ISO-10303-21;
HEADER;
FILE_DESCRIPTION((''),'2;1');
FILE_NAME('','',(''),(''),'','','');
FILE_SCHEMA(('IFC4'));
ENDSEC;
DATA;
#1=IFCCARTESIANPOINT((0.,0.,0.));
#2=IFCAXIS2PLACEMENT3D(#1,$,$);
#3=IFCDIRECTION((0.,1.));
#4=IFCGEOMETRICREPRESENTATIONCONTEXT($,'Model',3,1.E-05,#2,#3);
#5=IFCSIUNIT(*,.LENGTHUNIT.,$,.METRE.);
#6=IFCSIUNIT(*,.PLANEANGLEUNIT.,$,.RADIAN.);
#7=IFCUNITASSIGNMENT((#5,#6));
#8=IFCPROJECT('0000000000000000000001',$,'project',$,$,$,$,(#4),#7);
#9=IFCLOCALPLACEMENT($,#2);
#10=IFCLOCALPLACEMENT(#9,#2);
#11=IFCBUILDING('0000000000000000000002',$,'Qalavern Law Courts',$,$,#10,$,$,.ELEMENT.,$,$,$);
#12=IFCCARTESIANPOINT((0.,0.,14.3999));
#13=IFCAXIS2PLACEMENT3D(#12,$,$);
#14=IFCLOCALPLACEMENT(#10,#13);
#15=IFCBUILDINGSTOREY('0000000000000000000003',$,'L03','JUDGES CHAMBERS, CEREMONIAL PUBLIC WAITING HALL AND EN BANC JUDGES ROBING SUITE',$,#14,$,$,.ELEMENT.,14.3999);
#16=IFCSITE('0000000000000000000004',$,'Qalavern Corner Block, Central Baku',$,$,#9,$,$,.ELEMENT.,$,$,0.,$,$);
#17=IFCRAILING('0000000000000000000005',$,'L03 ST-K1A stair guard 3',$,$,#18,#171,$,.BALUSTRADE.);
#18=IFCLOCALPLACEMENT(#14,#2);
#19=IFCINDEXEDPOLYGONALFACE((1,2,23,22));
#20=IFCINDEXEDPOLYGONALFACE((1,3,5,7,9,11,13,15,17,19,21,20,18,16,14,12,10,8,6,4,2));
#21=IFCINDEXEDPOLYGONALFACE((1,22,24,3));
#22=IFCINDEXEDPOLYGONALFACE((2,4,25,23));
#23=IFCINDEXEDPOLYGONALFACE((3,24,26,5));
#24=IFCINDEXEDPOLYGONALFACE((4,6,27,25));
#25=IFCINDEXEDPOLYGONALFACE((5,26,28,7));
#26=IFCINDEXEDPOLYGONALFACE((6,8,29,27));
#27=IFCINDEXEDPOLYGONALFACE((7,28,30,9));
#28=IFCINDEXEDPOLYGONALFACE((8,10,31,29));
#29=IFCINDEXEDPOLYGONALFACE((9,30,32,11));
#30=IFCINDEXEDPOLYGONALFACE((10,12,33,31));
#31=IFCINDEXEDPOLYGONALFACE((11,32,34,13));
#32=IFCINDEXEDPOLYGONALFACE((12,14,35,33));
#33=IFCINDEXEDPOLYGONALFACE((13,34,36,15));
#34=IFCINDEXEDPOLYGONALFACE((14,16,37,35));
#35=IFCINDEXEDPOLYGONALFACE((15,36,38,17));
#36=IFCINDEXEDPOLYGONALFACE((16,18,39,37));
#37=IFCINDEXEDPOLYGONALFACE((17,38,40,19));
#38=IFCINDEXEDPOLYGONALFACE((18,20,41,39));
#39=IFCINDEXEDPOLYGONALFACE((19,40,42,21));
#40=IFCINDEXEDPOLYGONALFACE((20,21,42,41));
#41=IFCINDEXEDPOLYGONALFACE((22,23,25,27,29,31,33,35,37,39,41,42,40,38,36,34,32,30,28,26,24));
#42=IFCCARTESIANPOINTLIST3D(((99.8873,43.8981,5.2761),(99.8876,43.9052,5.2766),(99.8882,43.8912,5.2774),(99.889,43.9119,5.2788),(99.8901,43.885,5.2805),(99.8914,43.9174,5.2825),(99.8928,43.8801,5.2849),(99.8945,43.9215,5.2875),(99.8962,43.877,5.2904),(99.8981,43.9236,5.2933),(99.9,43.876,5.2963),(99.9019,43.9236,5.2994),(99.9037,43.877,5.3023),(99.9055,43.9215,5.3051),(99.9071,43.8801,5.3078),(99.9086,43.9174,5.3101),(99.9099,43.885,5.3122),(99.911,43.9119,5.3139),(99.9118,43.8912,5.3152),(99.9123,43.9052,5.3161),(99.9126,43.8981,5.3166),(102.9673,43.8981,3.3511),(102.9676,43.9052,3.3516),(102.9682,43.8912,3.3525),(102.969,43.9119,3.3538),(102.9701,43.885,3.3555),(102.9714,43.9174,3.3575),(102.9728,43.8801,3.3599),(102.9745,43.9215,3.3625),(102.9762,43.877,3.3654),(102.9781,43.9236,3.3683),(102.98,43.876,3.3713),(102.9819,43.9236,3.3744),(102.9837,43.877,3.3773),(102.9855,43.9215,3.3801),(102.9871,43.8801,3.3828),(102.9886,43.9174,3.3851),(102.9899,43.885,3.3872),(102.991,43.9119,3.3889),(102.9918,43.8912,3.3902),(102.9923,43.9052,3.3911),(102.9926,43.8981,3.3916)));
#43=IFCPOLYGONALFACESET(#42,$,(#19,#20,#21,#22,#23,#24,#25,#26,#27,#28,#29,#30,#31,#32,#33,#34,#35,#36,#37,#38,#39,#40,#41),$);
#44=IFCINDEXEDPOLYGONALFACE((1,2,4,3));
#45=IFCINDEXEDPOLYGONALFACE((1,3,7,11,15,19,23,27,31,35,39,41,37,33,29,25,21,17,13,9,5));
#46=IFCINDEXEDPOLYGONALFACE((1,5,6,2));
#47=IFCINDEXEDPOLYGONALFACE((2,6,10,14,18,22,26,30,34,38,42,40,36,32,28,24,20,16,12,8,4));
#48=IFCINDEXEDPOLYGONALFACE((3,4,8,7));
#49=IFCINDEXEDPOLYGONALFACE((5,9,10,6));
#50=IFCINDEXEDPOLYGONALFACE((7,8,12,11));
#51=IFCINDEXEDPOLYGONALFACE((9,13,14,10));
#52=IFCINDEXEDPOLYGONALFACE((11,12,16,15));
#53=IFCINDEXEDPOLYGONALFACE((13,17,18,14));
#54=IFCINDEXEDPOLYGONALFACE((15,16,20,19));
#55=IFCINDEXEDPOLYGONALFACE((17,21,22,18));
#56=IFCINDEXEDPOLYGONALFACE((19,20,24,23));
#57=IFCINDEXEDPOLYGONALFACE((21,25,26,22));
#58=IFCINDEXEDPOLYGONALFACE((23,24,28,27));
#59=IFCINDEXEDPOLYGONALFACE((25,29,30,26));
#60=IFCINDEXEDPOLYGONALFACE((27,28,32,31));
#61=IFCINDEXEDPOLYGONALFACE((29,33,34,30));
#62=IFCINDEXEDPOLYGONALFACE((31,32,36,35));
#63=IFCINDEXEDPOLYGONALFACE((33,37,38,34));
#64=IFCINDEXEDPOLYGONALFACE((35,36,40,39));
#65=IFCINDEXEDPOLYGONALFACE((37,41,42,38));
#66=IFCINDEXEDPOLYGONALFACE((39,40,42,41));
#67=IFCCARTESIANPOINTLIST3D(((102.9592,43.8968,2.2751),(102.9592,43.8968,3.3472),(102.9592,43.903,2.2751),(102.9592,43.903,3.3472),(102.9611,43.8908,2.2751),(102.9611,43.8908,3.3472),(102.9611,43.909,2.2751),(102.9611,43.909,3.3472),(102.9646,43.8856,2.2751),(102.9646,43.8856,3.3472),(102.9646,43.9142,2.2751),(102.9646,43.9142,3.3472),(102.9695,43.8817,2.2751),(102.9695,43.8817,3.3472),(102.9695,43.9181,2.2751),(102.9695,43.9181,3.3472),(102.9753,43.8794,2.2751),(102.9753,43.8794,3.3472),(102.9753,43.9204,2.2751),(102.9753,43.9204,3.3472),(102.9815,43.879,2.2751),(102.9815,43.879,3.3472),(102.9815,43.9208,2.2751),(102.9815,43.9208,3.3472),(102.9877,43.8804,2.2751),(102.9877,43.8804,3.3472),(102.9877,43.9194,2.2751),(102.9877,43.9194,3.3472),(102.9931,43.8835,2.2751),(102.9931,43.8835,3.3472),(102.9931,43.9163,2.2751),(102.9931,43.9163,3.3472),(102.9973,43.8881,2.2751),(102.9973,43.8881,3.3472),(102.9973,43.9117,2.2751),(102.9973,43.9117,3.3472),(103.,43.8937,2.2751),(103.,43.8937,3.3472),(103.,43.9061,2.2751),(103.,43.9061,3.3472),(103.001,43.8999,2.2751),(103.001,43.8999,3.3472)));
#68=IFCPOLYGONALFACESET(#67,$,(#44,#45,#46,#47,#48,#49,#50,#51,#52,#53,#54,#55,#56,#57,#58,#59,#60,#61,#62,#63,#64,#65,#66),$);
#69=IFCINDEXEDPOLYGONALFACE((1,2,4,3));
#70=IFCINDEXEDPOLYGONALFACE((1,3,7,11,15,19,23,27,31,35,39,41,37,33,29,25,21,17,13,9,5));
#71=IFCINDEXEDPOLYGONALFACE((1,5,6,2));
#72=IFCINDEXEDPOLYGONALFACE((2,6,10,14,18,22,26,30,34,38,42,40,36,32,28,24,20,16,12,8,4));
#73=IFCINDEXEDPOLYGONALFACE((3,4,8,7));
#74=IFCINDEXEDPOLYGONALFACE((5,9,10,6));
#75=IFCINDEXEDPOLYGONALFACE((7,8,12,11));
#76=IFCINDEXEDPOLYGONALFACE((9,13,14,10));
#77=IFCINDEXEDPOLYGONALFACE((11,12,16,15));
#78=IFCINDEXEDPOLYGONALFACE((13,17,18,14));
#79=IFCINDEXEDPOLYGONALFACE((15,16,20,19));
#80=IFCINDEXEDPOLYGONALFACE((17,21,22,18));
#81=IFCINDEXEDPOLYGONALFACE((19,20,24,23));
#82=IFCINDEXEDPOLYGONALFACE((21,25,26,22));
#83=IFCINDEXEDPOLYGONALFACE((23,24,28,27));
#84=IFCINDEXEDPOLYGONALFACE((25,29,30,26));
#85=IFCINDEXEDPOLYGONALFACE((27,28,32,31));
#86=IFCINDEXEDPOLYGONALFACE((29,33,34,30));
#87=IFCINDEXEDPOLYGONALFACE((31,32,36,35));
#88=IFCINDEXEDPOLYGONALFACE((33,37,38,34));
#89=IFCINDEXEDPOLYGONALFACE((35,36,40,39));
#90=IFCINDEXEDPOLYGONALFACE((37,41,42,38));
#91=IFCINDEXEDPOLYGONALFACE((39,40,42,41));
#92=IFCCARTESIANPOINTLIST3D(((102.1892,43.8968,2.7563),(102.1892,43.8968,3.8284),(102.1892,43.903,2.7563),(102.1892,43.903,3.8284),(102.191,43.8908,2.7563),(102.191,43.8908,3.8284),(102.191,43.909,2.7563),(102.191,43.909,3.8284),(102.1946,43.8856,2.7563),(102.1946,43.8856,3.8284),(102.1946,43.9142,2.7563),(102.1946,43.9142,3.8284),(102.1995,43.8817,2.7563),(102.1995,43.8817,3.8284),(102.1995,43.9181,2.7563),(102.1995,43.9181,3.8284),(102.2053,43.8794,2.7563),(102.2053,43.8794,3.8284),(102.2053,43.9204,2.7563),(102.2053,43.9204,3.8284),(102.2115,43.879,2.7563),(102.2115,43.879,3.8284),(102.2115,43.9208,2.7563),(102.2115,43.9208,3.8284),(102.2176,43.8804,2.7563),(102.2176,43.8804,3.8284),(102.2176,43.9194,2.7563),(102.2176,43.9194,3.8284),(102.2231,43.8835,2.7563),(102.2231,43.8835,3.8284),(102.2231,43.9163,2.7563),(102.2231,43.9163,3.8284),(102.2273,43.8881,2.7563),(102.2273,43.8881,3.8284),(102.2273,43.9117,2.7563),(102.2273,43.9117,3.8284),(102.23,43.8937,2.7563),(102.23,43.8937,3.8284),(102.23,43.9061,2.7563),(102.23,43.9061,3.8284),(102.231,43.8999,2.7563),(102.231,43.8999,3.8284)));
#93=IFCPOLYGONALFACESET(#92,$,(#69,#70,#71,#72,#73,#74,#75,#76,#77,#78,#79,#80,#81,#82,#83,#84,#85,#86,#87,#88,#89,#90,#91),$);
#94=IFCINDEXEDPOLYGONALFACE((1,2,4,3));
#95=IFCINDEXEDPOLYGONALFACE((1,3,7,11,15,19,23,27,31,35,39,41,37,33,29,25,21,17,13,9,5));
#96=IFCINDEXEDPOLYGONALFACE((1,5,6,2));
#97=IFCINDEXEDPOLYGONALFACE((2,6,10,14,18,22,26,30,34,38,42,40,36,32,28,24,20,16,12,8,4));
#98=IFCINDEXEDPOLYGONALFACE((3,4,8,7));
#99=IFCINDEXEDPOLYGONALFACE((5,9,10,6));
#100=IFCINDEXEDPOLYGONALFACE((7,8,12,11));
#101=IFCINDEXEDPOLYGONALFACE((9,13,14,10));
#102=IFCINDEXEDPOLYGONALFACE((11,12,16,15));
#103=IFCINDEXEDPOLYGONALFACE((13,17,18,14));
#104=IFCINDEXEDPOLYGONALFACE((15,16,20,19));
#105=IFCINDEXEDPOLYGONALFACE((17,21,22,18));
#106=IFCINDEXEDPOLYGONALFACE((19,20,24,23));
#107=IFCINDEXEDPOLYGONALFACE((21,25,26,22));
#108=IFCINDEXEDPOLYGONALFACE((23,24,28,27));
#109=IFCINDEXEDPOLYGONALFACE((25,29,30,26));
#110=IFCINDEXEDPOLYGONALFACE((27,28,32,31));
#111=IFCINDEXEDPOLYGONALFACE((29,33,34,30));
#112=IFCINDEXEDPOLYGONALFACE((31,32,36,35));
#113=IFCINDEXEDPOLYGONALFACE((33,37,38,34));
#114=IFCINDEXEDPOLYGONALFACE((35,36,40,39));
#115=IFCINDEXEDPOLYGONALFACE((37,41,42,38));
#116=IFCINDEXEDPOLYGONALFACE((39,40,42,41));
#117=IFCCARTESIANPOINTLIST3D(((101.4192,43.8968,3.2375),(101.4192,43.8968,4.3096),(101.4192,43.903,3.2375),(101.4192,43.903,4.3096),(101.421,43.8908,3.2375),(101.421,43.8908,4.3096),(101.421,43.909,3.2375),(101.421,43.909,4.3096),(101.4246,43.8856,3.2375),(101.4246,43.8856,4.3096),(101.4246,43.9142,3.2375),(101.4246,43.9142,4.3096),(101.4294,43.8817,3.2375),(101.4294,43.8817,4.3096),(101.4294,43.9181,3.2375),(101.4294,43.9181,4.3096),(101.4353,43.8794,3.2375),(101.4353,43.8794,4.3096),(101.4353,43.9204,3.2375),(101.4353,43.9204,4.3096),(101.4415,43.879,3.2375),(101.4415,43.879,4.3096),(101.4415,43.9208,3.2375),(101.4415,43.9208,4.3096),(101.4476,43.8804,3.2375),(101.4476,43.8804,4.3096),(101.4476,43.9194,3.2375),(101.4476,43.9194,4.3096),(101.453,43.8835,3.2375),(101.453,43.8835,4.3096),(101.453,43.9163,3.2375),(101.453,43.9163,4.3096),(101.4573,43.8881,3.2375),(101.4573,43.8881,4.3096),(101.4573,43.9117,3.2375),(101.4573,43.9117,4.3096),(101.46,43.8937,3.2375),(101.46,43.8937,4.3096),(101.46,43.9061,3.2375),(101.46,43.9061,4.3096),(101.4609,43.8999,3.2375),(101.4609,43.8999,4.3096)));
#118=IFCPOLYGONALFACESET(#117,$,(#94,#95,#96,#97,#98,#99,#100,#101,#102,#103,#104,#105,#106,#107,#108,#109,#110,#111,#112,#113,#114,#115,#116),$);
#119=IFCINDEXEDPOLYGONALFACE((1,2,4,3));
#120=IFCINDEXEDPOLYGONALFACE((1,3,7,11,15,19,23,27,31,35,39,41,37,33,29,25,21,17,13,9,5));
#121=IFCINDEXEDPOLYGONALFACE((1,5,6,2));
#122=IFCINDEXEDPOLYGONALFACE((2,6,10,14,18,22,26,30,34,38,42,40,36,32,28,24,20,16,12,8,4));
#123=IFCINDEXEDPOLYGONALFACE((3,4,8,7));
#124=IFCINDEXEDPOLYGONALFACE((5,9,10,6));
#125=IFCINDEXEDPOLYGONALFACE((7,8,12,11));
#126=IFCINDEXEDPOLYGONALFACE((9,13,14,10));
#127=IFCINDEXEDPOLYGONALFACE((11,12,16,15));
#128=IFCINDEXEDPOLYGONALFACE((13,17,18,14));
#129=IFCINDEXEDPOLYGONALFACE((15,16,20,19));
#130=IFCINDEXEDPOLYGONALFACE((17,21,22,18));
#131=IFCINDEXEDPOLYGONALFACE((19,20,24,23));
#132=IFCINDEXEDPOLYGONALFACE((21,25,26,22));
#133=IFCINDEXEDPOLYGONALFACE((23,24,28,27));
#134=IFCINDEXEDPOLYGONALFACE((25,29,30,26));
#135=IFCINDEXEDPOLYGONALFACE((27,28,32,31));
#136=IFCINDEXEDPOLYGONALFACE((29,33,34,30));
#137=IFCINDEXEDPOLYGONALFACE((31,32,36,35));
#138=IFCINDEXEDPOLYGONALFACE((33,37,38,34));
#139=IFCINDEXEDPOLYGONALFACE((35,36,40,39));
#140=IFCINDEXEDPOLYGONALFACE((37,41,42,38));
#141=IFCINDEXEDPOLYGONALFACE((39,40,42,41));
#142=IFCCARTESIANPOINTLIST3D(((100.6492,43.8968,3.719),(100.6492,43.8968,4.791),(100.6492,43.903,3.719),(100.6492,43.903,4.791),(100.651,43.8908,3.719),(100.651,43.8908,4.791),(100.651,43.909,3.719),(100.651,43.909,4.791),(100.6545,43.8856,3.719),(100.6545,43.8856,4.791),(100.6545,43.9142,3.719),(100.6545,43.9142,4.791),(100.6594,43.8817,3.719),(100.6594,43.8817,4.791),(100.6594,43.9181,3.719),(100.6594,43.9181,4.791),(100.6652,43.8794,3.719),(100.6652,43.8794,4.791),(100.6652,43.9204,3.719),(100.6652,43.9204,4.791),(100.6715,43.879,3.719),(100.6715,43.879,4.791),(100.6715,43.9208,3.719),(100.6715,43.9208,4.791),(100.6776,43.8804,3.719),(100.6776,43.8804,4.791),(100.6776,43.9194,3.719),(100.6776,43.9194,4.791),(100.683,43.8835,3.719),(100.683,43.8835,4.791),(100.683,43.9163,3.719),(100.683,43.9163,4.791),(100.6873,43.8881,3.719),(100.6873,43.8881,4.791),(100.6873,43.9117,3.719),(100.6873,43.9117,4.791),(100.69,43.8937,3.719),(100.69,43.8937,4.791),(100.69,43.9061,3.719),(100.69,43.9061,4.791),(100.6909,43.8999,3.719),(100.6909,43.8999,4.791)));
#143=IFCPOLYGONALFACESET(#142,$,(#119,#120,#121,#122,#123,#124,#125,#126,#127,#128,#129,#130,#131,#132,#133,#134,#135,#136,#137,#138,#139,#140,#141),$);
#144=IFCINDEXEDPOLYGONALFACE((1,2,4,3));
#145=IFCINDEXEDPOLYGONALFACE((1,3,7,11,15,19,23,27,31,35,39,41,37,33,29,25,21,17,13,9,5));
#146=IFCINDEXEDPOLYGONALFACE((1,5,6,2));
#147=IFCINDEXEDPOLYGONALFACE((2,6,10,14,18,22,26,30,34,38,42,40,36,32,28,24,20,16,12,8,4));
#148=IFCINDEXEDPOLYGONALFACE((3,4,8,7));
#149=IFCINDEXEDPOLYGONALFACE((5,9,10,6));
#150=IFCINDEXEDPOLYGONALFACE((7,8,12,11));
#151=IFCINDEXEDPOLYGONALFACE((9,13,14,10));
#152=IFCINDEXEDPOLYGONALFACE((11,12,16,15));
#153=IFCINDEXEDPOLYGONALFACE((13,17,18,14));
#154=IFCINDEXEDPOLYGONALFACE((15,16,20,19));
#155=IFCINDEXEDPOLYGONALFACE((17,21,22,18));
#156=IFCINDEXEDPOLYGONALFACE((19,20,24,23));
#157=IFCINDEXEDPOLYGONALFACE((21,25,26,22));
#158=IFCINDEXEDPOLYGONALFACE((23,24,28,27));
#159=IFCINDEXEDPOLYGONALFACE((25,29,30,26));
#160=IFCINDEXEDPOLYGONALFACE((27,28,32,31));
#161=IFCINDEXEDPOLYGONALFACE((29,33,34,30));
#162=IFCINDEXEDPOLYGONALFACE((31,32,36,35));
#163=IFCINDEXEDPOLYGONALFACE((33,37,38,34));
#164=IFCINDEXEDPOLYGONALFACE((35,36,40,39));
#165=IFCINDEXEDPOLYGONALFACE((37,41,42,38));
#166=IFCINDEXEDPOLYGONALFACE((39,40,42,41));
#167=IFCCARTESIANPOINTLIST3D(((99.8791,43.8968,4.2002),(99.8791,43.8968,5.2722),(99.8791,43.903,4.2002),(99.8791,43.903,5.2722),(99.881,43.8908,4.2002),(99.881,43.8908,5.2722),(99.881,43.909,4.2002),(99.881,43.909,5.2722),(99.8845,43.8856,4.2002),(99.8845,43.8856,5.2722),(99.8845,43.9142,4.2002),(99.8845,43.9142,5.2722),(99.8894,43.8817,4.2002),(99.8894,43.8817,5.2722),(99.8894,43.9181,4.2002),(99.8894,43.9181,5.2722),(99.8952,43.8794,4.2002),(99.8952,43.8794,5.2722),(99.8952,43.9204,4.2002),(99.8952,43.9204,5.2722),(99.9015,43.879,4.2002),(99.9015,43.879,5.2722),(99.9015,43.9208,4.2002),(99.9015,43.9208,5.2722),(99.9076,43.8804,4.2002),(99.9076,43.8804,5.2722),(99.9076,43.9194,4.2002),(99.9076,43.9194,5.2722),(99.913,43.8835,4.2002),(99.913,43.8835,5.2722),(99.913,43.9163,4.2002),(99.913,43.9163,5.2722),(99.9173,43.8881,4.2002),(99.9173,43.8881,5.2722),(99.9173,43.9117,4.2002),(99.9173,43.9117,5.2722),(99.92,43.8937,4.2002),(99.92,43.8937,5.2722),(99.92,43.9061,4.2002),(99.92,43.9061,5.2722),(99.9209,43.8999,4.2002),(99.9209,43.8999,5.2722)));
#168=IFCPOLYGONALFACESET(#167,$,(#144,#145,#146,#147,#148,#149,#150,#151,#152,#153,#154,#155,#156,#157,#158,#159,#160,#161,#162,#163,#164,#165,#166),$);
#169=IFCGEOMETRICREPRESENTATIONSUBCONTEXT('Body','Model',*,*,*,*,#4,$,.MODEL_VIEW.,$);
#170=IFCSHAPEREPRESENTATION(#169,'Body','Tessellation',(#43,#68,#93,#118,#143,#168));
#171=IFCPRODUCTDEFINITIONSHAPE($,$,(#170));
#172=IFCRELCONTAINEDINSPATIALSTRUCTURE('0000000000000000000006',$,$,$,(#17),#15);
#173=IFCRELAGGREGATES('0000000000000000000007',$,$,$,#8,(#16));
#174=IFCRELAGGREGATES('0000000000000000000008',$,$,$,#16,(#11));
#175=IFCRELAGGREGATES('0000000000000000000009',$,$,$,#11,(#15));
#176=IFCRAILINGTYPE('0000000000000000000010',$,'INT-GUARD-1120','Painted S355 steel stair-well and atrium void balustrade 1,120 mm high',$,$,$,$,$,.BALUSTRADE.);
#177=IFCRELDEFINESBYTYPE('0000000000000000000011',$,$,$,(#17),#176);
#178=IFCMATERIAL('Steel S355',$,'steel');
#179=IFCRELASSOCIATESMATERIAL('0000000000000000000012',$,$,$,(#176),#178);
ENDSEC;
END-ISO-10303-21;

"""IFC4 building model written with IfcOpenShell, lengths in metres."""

from ifc_helpers import new_model, si_unit, direction, frame, origin, origin_2d, place, context, subcontext, project, spatial, circle, extrude, material, type_object, element, save


model = new_model("IFC4")

# Units and contexts
model_context = context("Model", 3, precision=1e-05, world=origin(), true_north=direction((0.0, 1.0)))
body_context = subcontext(model_context, "Body", "Model", "MODEL_VIEW")
ifc_project = project(units=[si_unit("LENGTHUNIT", "METRE"), si_unit("PLANEANGLEUNIT", "RADIAN")], contexts=[model_context])

# Site, building, storey
site_placement = place(None, origin())
site = spatial("IfcSite", under=ifc_project, at=site_placement, Name="Qalavern Corner Block, Central Baku", CompositionType="ELEMENT", RefElevation=0.0)
building_placement = place(site_placement, origin())
building = spatial("IfcBuilding", under=site, at=building_placement, Name="Qalavern Law Courts", CompositionType="ELEMENT")
storey_placement = place(building_placement, frame((0.0, 0.0, 14.3999)))
storey = spatial("IfcBuildingStorey", under=building, at=storey_placement, Name="L03", Description="JUDGES CHAMBERS, CEREMONIAL PUBLIC WAITING HALL AND EN BANC JUDGES ROBING SUITE", CompositionType="ELEMENT", Elevation=14.3999)

# Shared definitions
ifc_material_1 = material(Name="Steel S355", Category="steel")

# Railing
railing_type_1 = type_object("IfcRailingType", Name="INT-GUARD-1120", Description="Painted S355 steel stair-well and atrium void balustrade 1,120 mm high", PredefinedType="BALUSTRADE", material=ifc_material_1)
railing_1_placement = place(storey_placement, frame((102.98, 43.8999, 2.2751)))
element("IfcRailing", 1, at=railing_1_placement, inside=storey, type_object=railing_type_1, Name="L03 ST-K1A stair guard 3", PredefinedType="BALUSTRADE", context=body_context, shape_type="SweptSolid", body=[
    extrude(circle(Radius=0.0239, at=origin_2d()), frame((0.0, 0.0, 1.0962), z_axis=(-0.847998, 0.0, 0.529999), x_axis=(0.0, -1.0, 0.0)), (0.0, 0.0, 1.0), 3.6321),
    extrude(circle(Radius=0.021, at=origin_2d()), origin(), (0.0, 0.0, 1.0), 1.072),
    extrude(circle(Radius=0.021, at=origin_2d()), frame((-0.77, 0.0, 0.4812)), (0.0, 0.0, 1.0), 1.072),
    extrude(circle(Radius=0.021, at=origin_2d()), frame((-1.54, 0.0, 0.9624)), (0.0, 0.0, 1.0), 1.072),
    extrude(circle(Radius=0.021, at=origin_2d()), frame((-2.3101, 0.0, 1.4438)), (0.0, 0.0, 1.0), 1.072),
    extrude(circle(Radius=0.021, at=origin_2d()), frame((-3.0801, 0.0, 1.925)), (0.0, 0.0, 1.0), 1.072),
])

save(model, "model.ifc")
